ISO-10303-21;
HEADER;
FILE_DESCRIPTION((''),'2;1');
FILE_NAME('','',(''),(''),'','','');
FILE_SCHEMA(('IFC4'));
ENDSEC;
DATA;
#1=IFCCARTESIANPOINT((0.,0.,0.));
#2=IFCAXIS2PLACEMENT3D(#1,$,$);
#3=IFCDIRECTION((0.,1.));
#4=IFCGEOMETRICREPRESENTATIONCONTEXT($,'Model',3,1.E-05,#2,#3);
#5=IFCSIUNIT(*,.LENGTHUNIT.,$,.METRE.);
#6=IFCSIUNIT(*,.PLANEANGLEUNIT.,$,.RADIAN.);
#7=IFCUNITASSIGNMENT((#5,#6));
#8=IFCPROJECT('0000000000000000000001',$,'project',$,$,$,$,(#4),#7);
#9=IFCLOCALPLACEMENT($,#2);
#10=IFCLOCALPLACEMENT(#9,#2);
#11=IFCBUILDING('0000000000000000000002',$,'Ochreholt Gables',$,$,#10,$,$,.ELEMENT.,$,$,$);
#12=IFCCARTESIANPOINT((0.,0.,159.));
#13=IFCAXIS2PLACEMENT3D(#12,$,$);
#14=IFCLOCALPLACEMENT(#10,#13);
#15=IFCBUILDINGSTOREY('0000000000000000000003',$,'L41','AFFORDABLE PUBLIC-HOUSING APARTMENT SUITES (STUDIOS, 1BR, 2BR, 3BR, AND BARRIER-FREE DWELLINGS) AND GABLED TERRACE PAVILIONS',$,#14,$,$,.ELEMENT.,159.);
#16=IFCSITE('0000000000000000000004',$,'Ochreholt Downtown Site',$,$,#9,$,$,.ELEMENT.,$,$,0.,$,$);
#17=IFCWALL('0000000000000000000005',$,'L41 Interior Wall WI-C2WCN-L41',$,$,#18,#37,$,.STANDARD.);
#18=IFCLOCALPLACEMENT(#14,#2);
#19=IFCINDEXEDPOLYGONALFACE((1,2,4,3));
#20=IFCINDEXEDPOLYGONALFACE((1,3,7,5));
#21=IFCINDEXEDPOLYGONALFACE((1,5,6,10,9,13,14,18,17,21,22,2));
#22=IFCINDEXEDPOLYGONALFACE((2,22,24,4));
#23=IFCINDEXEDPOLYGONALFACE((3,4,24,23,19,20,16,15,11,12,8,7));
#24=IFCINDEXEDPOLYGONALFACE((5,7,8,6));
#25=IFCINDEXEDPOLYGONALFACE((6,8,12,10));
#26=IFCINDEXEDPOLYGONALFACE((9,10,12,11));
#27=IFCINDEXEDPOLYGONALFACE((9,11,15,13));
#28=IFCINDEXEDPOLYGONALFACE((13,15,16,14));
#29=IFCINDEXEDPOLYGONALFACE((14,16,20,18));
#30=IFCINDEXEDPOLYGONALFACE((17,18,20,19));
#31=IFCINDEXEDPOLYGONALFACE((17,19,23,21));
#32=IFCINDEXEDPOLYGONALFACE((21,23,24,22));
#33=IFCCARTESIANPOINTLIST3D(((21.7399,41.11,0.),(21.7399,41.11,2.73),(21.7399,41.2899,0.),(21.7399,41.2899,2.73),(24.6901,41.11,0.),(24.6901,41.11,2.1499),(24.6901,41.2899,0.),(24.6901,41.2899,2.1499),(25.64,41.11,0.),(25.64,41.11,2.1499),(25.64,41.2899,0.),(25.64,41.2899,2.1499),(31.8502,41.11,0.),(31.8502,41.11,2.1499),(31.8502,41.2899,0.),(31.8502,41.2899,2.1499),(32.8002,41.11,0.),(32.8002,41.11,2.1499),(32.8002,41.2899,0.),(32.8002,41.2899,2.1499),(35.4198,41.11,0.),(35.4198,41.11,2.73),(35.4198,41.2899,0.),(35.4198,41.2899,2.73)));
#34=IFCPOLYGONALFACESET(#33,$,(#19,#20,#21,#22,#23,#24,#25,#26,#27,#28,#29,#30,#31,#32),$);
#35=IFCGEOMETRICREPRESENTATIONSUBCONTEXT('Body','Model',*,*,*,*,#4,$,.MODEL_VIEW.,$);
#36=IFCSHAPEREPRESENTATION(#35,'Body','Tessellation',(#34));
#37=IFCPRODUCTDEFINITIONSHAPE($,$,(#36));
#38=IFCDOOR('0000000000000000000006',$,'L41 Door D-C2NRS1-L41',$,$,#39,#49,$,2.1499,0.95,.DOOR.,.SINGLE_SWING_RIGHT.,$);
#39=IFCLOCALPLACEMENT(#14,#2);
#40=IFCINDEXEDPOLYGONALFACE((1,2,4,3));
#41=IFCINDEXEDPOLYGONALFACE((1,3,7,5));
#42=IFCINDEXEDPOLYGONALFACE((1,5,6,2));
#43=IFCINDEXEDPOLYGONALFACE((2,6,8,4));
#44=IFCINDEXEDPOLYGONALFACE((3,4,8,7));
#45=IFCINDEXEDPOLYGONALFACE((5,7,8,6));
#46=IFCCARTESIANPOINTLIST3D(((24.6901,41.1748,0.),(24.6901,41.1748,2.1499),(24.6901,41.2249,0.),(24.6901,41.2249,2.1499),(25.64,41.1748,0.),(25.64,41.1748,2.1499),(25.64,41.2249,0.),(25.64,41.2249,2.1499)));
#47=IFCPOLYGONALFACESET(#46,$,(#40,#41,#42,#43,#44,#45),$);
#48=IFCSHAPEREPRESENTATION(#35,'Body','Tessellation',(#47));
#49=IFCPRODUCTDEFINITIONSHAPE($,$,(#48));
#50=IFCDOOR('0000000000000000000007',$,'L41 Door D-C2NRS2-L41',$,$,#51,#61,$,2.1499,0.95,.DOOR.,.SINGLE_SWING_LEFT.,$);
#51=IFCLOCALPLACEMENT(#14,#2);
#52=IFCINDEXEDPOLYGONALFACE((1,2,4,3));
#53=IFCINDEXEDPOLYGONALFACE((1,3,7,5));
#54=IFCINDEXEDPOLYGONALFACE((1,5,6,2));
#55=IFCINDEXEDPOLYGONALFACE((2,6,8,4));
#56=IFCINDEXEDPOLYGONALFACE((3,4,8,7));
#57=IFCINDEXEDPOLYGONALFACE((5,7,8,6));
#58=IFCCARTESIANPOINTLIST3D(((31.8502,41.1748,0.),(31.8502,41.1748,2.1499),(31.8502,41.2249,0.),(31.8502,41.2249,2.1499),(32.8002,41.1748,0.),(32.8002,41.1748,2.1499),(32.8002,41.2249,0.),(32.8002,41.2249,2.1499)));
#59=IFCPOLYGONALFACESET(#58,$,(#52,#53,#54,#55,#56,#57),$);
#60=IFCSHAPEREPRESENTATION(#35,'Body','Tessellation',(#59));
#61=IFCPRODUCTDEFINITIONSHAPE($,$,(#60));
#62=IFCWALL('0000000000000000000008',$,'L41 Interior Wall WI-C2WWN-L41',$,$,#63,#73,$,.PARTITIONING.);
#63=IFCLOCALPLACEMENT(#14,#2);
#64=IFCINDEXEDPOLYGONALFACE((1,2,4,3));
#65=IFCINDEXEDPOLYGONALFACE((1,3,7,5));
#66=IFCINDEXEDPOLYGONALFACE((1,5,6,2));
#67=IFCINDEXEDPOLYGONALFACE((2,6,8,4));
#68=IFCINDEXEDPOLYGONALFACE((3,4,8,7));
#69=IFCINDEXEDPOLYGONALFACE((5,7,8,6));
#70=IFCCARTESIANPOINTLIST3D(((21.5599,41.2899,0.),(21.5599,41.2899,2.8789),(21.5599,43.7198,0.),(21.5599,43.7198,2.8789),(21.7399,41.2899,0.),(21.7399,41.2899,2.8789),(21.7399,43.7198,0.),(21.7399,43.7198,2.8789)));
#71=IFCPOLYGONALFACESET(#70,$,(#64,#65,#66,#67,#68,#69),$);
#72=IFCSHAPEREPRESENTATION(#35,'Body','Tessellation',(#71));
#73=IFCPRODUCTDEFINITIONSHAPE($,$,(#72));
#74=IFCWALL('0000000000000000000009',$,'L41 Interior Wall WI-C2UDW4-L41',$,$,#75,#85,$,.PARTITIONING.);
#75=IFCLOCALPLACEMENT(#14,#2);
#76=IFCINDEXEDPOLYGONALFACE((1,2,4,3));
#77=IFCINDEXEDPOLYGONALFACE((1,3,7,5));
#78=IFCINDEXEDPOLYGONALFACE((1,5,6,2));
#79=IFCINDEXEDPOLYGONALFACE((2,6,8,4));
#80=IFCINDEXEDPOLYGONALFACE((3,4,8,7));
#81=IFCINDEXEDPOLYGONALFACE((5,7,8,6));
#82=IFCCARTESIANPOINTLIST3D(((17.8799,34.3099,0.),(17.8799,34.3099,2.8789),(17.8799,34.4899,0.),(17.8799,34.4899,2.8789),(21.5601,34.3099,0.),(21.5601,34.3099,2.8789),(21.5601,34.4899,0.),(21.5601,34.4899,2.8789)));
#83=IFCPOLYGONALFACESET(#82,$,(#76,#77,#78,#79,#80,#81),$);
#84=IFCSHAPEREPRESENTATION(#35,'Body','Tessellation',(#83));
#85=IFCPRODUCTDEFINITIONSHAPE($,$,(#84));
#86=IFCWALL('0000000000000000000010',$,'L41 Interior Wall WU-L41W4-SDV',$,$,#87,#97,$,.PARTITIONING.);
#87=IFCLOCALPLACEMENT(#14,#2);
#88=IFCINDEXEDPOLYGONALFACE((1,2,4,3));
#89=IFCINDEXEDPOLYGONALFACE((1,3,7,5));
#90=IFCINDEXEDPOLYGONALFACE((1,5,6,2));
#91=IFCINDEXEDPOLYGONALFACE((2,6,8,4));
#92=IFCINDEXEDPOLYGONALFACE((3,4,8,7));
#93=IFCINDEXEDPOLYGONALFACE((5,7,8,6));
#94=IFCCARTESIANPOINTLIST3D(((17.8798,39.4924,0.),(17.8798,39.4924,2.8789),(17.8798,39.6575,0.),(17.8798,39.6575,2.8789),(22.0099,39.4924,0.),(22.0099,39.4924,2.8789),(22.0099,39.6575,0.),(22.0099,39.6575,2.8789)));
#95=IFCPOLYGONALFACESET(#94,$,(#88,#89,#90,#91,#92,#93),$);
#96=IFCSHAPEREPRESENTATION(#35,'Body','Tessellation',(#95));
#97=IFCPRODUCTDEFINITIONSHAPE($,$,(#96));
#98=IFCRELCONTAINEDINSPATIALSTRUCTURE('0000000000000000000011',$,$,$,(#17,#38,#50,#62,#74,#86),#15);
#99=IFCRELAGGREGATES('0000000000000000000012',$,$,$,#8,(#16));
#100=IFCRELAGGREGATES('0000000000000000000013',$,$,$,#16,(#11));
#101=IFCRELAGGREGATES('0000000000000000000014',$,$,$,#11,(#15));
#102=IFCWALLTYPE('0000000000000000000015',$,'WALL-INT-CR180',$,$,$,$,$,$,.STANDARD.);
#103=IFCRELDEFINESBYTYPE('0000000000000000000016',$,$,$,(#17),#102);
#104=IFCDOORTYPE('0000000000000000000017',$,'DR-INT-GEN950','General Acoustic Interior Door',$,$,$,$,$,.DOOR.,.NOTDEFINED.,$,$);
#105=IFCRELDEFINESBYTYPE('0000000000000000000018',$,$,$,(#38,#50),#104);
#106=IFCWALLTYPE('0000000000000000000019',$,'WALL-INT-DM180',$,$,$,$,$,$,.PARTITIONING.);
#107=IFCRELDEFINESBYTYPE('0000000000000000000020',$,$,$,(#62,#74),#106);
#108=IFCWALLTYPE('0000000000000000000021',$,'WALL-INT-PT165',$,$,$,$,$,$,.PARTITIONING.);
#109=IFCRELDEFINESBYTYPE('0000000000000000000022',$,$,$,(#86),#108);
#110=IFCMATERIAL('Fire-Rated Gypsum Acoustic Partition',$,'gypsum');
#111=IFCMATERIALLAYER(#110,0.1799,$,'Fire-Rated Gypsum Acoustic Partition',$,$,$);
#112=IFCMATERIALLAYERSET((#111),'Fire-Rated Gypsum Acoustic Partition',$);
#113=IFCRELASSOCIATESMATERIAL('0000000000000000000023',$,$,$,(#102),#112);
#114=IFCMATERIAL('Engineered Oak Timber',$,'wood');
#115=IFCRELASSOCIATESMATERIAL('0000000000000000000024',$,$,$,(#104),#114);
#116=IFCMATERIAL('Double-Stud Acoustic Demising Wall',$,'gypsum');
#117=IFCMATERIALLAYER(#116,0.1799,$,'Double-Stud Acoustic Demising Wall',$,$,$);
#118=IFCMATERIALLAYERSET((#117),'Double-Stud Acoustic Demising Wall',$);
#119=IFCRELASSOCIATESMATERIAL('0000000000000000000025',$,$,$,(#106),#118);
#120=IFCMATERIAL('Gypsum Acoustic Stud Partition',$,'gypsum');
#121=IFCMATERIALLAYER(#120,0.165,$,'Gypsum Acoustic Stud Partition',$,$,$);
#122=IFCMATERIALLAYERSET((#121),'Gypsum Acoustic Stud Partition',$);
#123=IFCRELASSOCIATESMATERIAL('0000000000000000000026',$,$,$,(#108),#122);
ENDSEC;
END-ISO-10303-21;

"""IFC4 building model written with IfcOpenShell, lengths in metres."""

from ifc_helpers import new_model, si_unit, direction, frame, frame_2d, origin, place, context, subcontext, project, spatial, rectangle, extrude, material, layer, layer_set, type_object, element, fill, save


model = new_model("IFC4")

# Units and contexts
model_context = context("Model", 3, precision=1e-05, world=origin(), true_north=direction((0.0, 1.0)))
body_context = subcontext(model_context, "Body", "Model", "MODEL_VIEW")
ifc_project = project(units=[si_unit("LENGTHUNIT", "METRE"), si_unit("PLANEANGLEUNIT", "RADIAN")], contexts=[model_context])

# Site, building, storey
site_placement = place(None, origin())
site = spatial("IfcSite", under=ifc_project, at=site_placement, Name="Ochreholt Downtown Site", CompositionType="ELEMENT", RefElevation=0.0)
building_placement = place(site_placement, origin())
building = spatial("IfcBuilding", under=site, at=building_placement, Name="Ochreholt Gables", CompositionType="ELEMENT")
storey_placement = place(building_placement, frame((0.0, 0.0, 159.0)))
storey = spatial("IfcBuildingStorey", under=building, at=storey_placement, Name="L41", Description="AFFORDABLE PUBLIC-HOUSING APARTMENT SUITES (STUDIOS, 1BR, 2BR, 3BR, AND BARRIER-FREE DWELLINGS) AND GABLED TERRACE PAVILIONS", CompositionType="ELEMENT", Elevation=159.0)

# Wall, openings, doors
ifc_material_1 = material(Name="Fire-Rated Gypsum Acoustic Partition", Category="gypsum")
ifc_layer_1 = layer(ifc_material_1, 0.1799, Name="Fire-Rated Gypsum Acoustic Partition")
ifc_layer_set_1 = layer_set([ifc_layer_1], Name="Fire-Rated Gypsum Acoustic Partition")
wall_type_1 = type_object("IfcWallType", Name="WALL-INT-CR180", PredefinedType="STANDARD", material=ifc_layer_set_1)
wall_1_placement = place(storey_placement, frame((21.74, 41.2, 0.0), z_axis=(0.0, 0.0, 1.0), x_axis=(1.0, 0.0, 0.0)))
wall_1 = element("IfcWall", 1, at=wall_1_placement, inside=storey, type_object=wall_type_1, Name="L41 Interior Wall WI-C2WCN-L41", PredefinedType="STANDARD", context=body_context, shape_type="SweptSolid", body=[
    extrude(rectangle(XDim=13.6799, YDim=0.1799, at=frame_2d((6.8398, 0.0))), origin(), (0.0, 0.0, 1.0), 2.73),
])
opening_1_placement = place(wall_1_placement, frame((2.95, 0.0, 0.0)))
opening_1 = element("IfcOpeningElement", 2, at=opening_1_placement, cuts=wall_1, PredefinedType="OPENING", context=body_context, shape_type="SweptSolid", body=[
    extrude(rectangle(XDim=0.95, YDim=2.1499, at=frame_2d((0.4751, 1.075))), frame((0.0, 0.0999, 0.0), z_axis=(0.0, -1.0, 0.0), x_axis=(1.0, 0.0, 0.0)), (0.0, 0.0, 1.0), 0.2),
])
opening_2_placement = place(wall_1_placement, frame((10.1101, 0.0, 0.0)))
opening_2 = element("IfcOpeningElement", 3, at=opening_2_placement, cuts=wall_1, PredefinedType="OPENING", context=body_context, shape_type="SweptSolid", body=[
    extrude(rectangle(XDim=0.95, YDim=2.1499, at=frame_2d((0.4751, 1.075))), frame((0.0, 0.0999, 0.0), z_axis=(0.0, -1.0, 0.0), x_axis=(1.0, 0.0, 0.0)), (0.0, 0.0, 1.0), 0.2),
])
ifc_material_2 = material(Name="Engineered Oak Timber", Category="wood")
door_type = type_object("IfcDoorType", Name="DR-INT-GEN950", Description="General Acoustic Interior Door", OperationType="NOTDEFINED", PredefinedType="DOOR", material=ifc_material_2)
door_1_placement = place(opening_1_placement, origin())
door_1 = element("IfcDoor", 4, at=door_1_placement, inside=storey, type_object=door_type, Name="L41 Door D-C2NRS1-L41", OperationType="SINGLE_SWING_RIGHT", OverallHeight=2.1499, OverallWidth=0.95, PredefinedType="DOOR", context=body_context, shape_type="SweptSolid", body=[
    extrude(rectangle(XDim=0.95, YDim=2.1499, at=frame_2d((0.4751, 1.075))), frame((0.0, 0.0249, 0.0), z_axis=(0.0, -1.0, 0.0), x_axis=(1.0, 0.0, 0.0)), (0.0, 0.0, 1.0), 0.05),
])
fill(opening_1, door_1)
door_2_placement = place(opening_2_placement, origin())
door_2 = element("IfcDoor", 5, at=door_2_placement, inside=storey, type_object=door_type, Name="L41 Door D-C2NRS2-L41", OperationType="SINGLE_SWING_LEFT", OverallHeight=2.1499, OverallWidth=0.95, PredefinedType="DOOR", context=body_context, shape_type="SweptSolid", body=[
    extrude(rectangle(XDim=0.95, YDim=2.1499, at=frame_2d((0.4751, 1.075))), frame((0.0, 0.0249, 0.0), z_axis=(0.0, -1.0, 0.0), x_axis=(1.0, 0.0, 0.0)), (0.0, 0.0, 1.0), 0.05),
])
fill(opening_2, door_2)

# Walls
ifc_material_3 = material(Name="Double-Stud Acoustic Demising Wall", Category="gypsum")
ifc_layer_2 = layer(ifc_material_3, 0.1799, Name="Double-Stud Acoustic Demising Wall")
ifc_layer_set_2 = layer_set([ifc_layer_2], Name="Double-Stud Acoustic Demising Wall")
wall_type_2 = type_object("IfcWallType", Name="WALL-INT-DM180", PredefinedType="PARTITIONING", material=ifc_layer_set_2)
wall_2_placement = place(storey_placement, frame((21.6499, 41.29, 0.0), z_axis=(0.0, 0.0, 1.0), x_axis=(0.0, 1.0, 0.0)))
element("IfcWall", 6, at=wall_2_placement, inside=storey, type_object=wall_type_2, Name="L41 Interior Wall WI-C2WWN-L41", PredefinedType="PARTITIONING", context=body_context, shape_type="SweptSolid", body=[
    extrude(rectangle(XDim=2.4299, YDim=0.1799, at=frame_2d((1.2148, 0.0))), origin(), (0.0, 0.0, 1.0), 2.8789),
])
wall_3_placement = place(storey_placement, frame((17.8799, 34.3999, 0.0), z_axis=(0.0, 0.0, 1.0), x_axis=(1.0, 0.0, 0.0)))
element("IfcWall", 7, at=wall_3_placement, inside=storey, type_object=wall_type_2, Name="L41 Interior Wall WI-C2UDW4-L41", PredefinedType="PARTITIONING", context=body_context, shape_type="SweptSolid", body=[
    extrude(rectangle(XDim=3.6802, YDim=0.1799, at=frame_2d((1.8401, 0.0))), origin(), (0.0, 0.0, 1.0), 2.8789),
])
ifc_material_4 = material(Name="Gypsum Acoustic Stud Partition", Category="gypsum")
ifc_layer_3 = layer(ifc_material_4, 0.165, Name="Gypsum Acoustic Stud Partition")
ifc_layer_set_3 = layer_set([ifc_layer_3], Name="Gypsum Acoustic Stud Partition")
wall_type_3 = type_object("IfcWallType", Name="WALL-INT-PT165", PredefinedType="PARTITIONING", material=ifc_layer_set_3)
wall_4_placement = place(storey_placement, frame((17.8799, 39.575, 0.0), z_axis=(0.0, 0.0, 1.0), x_axis=(1.0, 0.0, 0.0)))
element("IfcWall", 8, at=wall_4_placement, inside=storey, type_object=wall_type_3, Name="L41 Interior Wall WU-L41W4-SDV", PredefinedType="PARTITIONING", context=body_context, shape_type="SweptSolid", body=[
    extrude(rectangle(XDim=4.1301, YDim=0.165, at=frame_2d((2.0649, 0.0))), origin(), (0.0, 0.0, 1.0), 2.8789),
])

save(model, "model.ifc")
